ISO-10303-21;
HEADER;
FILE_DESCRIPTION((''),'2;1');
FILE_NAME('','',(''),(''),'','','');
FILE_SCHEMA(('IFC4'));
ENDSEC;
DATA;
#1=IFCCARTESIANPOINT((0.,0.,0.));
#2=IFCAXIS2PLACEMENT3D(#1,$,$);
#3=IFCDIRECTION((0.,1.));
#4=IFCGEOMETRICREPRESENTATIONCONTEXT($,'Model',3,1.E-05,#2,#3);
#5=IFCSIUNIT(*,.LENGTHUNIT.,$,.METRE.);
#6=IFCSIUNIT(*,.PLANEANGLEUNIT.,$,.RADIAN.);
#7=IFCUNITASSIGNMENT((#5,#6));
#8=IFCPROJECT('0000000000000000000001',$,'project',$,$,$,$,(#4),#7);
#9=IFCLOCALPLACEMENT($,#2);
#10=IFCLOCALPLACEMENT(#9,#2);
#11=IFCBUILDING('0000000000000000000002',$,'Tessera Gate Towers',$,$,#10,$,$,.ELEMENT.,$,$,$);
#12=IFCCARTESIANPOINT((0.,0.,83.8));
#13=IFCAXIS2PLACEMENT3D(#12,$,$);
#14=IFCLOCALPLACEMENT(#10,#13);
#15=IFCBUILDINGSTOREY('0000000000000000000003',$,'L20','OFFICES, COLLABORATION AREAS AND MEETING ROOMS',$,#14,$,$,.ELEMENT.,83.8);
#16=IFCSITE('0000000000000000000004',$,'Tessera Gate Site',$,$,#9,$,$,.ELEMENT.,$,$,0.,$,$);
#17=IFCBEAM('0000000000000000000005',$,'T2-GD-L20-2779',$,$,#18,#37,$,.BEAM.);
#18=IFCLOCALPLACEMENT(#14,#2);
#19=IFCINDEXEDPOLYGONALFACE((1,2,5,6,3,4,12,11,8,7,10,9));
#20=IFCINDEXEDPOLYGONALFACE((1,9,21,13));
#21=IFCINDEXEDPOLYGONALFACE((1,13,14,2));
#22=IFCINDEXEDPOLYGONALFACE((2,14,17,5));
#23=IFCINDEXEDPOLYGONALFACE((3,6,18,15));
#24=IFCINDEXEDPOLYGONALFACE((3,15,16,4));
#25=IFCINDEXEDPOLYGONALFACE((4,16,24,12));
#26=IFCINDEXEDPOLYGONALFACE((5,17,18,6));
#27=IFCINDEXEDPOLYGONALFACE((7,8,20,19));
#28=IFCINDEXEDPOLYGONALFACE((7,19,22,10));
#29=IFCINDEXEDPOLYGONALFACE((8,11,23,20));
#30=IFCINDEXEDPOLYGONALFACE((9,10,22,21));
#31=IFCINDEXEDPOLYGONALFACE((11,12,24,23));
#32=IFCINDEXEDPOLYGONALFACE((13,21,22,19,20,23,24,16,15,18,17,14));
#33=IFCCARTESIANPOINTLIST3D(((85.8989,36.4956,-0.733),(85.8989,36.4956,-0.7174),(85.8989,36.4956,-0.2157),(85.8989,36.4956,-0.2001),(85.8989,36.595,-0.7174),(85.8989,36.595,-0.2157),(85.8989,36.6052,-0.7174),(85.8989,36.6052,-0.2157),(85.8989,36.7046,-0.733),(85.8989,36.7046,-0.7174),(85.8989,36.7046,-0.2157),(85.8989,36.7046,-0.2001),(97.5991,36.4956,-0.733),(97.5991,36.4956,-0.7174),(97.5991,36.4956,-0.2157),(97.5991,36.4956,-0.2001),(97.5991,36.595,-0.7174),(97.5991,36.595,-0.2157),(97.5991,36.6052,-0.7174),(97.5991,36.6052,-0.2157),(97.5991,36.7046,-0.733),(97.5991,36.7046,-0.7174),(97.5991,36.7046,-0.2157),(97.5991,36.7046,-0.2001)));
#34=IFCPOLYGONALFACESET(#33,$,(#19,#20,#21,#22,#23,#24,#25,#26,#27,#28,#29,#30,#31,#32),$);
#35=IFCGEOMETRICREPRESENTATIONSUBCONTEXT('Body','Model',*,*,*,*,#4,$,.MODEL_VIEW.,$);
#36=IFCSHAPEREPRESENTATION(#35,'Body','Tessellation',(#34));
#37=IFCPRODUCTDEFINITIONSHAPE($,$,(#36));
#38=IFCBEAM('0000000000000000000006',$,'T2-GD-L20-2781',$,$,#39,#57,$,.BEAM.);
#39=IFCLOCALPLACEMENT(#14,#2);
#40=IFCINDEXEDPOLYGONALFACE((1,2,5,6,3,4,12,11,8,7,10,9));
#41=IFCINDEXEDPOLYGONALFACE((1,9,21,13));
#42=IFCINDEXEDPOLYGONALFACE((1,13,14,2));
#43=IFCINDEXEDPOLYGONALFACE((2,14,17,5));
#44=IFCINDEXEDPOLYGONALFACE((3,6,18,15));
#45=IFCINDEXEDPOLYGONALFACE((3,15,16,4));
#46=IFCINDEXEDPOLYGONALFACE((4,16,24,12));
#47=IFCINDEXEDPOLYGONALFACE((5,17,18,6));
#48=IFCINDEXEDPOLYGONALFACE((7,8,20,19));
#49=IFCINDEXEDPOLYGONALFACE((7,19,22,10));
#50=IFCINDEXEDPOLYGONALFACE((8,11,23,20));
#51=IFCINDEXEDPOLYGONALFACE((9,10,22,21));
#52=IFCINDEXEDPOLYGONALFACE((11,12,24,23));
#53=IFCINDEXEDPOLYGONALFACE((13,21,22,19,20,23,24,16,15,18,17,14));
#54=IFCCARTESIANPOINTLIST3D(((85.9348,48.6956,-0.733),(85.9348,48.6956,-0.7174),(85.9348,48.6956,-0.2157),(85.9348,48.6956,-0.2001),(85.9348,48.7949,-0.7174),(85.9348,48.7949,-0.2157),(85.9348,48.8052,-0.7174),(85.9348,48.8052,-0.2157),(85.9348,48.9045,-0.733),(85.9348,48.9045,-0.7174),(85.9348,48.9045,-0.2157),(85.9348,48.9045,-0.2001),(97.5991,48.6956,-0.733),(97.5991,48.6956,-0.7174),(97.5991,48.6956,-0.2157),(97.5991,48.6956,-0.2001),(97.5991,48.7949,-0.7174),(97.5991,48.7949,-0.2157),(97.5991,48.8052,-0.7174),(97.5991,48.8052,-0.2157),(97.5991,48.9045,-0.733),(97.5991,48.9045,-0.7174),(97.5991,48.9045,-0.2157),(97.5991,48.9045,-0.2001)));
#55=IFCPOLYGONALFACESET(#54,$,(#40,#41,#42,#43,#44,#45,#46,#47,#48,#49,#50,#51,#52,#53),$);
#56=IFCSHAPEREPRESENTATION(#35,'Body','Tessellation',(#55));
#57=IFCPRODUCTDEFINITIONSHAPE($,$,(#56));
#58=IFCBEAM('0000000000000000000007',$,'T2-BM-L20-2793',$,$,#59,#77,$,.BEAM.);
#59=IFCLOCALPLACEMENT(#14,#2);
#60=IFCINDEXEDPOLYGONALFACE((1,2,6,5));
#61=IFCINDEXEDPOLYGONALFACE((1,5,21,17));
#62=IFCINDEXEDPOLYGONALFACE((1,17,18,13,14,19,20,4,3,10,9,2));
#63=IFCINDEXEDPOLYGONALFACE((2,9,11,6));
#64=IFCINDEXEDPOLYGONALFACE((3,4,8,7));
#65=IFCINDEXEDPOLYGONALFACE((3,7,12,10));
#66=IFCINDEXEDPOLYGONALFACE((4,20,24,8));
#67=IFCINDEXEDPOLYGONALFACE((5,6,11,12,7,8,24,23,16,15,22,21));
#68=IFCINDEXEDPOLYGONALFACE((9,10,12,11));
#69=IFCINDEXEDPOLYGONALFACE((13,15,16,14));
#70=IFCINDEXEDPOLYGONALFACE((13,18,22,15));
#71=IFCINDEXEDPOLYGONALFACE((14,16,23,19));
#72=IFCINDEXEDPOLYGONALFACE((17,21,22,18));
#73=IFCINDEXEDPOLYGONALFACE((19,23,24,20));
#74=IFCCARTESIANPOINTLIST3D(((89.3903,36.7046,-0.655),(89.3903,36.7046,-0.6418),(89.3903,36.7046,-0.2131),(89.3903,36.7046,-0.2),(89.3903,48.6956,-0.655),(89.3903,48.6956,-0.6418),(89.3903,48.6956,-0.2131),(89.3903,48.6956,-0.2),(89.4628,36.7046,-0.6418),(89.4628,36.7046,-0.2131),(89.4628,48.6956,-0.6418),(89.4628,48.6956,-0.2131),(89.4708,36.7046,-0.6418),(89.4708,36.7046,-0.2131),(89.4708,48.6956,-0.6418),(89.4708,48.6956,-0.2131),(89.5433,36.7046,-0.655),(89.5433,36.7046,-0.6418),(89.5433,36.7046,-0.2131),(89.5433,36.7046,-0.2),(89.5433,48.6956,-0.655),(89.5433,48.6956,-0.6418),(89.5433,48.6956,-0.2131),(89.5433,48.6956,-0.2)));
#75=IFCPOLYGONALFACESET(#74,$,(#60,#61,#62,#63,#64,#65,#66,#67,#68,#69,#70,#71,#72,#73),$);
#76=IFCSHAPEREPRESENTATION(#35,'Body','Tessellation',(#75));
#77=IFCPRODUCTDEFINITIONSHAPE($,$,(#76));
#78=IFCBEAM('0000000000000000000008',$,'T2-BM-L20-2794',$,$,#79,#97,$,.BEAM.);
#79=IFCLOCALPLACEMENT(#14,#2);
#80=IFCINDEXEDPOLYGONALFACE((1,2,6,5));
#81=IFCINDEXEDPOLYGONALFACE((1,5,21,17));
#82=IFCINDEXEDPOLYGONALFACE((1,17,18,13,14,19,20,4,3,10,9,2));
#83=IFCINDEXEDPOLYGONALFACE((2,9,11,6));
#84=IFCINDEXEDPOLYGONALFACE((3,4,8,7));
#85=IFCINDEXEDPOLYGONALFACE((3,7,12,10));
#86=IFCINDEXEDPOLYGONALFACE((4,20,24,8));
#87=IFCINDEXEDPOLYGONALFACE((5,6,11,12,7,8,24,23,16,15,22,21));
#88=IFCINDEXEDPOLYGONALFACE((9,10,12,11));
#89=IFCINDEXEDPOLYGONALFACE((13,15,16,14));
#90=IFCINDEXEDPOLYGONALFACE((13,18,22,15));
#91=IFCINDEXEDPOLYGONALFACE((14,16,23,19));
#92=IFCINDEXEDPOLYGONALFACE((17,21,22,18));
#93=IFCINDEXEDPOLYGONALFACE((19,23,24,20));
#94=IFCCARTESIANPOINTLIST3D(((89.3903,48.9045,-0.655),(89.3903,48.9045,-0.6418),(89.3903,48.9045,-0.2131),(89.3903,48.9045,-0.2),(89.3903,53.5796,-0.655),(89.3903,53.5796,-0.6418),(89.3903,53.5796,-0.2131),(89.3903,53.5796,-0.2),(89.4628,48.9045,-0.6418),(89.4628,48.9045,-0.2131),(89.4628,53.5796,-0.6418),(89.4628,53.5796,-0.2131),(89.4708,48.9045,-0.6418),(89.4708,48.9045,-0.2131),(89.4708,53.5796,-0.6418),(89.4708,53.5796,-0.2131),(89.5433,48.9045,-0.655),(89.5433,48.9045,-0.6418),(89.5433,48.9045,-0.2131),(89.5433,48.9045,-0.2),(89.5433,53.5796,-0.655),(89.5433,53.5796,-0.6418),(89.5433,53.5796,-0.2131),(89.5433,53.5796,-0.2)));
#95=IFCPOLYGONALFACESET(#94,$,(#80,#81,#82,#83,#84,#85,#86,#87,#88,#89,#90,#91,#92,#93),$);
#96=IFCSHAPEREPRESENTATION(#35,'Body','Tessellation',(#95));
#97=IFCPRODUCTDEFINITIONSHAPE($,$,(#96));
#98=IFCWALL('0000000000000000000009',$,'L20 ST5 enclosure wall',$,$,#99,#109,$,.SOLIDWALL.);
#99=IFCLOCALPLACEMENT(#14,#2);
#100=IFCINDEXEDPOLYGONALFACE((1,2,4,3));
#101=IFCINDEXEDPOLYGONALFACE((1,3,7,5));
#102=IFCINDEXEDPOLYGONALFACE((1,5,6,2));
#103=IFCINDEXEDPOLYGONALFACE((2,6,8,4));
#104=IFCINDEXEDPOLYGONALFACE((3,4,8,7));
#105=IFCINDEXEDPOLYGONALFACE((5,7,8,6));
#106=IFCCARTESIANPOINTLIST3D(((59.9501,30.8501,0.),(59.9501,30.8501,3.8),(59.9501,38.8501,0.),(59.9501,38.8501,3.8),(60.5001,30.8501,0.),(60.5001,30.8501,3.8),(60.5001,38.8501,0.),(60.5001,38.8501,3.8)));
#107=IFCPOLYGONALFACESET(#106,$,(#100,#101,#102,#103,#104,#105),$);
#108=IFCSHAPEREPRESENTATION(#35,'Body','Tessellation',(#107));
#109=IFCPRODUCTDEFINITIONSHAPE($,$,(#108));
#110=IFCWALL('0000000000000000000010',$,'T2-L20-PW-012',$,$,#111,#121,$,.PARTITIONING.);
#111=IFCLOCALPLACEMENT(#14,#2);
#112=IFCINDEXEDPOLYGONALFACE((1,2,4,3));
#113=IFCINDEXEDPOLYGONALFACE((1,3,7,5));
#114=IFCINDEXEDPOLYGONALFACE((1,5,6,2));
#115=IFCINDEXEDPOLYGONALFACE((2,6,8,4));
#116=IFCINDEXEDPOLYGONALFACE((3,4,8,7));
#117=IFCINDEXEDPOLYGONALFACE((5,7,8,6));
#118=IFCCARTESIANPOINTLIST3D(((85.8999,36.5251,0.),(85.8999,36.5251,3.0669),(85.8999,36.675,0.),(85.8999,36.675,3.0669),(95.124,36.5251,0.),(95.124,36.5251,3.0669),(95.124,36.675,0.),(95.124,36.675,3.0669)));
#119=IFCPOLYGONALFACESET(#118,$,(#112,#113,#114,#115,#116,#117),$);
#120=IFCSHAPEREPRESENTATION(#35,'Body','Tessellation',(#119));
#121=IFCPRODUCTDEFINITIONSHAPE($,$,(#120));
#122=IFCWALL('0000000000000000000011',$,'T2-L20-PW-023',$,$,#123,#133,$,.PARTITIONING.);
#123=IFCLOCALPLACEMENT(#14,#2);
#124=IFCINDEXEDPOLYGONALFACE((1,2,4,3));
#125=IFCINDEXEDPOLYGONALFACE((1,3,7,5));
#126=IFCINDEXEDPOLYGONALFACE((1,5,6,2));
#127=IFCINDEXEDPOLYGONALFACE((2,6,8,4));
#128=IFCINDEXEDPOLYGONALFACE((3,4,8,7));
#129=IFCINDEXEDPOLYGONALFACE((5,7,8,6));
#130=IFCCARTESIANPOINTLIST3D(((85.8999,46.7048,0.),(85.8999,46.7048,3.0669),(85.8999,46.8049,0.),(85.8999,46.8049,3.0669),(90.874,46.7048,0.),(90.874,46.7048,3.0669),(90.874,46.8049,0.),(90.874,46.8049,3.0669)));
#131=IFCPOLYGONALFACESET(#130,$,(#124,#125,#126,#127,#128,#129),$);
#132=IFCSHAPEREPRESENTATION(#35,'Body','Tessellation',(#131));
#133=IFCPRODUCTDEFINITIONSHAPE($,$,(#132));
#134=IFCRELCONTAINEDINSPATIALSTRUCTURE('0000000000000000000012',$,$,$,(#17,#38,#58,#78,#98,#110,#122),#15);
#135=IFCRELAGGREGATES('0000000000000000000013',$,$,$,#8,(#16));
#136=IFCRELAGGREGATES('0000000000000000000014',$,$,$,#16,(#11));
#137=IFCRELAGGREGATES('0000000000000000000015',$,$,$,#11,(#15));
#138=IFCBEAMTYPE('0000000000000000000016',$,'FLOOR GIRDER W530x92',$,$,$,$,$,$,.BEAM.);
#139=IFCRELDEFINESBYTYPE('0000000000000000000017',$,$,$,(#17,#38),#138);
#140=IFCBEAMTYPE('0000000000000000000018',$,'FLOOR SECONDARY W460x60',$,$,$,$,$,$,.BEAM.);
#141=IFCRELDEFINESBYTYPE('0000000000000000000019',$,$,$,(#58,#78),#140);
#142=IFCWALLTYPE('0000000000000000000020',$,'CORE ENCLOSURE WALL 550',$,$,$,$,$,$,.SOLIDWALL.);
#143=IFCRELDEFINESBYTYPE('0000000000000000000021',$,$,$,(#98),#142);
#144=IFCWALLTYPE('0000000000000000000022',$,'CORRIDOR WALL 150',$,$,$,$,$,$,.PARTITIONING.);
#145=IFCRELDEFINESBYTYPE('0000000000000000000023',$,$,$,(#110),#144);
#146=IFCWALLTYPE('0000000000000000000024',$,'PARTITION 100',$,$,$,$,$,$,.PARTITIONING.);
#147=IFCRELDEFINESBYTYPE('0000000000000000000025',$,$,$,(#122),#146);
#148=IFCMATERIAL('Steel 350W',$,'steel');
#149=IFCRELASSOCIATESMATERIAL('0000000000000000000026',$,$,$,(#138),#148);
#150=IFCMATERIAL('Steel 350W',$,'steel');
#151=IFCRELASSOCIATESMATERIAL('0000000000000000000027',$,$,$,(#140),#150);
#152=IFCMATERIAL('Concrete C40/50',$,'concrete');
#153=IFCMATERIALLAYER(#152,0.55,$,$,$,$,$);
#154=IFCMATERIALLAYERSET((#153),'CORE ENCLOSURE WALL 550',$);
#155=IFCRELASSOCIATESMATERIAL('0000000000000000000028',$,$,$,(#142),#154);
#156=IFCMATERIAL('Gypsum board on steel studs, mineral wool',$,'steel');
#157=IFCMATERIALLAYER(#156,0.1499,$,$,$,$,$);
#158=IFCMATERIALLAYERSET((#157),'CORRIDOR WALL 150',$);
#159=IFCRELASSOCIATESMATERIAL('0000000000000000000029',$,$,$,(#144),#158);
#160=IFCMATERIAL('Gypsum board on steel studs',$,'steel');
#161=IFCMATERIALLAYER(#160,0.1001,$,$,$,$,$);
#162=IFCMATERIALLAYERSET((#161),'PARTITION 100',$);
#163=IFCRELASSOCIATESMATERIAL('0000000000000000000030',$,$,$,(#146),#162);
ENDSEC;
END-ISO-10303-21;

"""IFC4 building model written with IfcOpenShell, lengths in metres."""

from ifc_helpers import new_model, si_unit, direction, frame, frame_2d, origin, origin_2d, place, context, subcontext, project, spatial, rectangle, i_section, extrude, material, layer, layer_set, material_profile, profile_set, type_object, element, save


model = new_model("IFC4")

# Units and contexts
model_context = context("Model", 3, precision=1e-05, world=origin(), true_north=direction((0.0, 1.0)))
body_context = subcontext(model_context, "Body", "Model", "MODEL_VIEW")
ifc_project = project(units=[si_unit("LENGTHUNIT", "METRE"), si_unit("PLANEANGLEUNIT", "RADIAN")], contexts=[model_context])

# Site, building, storey
site_placement = place(None, origin())
site = spatial("IfcSite", under=ifc_project, at=site_placement, Name="Tessera Gate Site", CompositionType="ELEMENT", RefElevation=0.0)
building_placement = place(site_placement, origin())
building = spatial("IfcBuilding", under=site, at=building_placement, Name="Tessera Gate Towers", CompositionType="ELEMENT")
storey_placement = place(building_placement, frame((0.0, 0.0, 83.8)))
storey = spatial("IfcBuildingStorey", under=building, at=storey_placement, Name="L20", Description="OFFICES, COLLABORATION AREAS AND MEETING ROOMS", CompositionType="ELEMENT", Elevation=83.8)

# Beams
ifc_material_1 = material(Name="Steel 350W", Category="steel")
ifc_material_profile_1 = material_profile(ifc_material_1, i_section(OverallWidth=0.209, OverallDepth=0.533, WebThickness=0.0103, FlangeThickness=0.0156, at=origin_2d()), Name="W530x92")
ifc_profile_set_1 = profile_set([ifc_material_profile_1], Name="Steel 350W")
beam_type_1 = type_object("IfcBeamType", Name="FLOOR GIRDER W530x92", PredefinedType="BEAM", material=ifc_profile_set_1)
beam_1_placement = place(storey_placement, frame((85.8989, 36.6001, -0.4666), z_axis=(1.0, 0.0, 0.0), x_axis=(0.0, 1.0, 0.0)))
element("IfcBeam", 1, at=beam_1_placement, inside=storey, type_object=beam_type_1, Name="T2-GD-L20-2779", PredefinedType="BEAM", context=body_context, shape_type="SweptSolid", body=[
    extrude(i_section(OverallWidth=0.209, OverallDepth=0.533, WebThickness=0.0103, FlangeThickness=0.0156, at=origin_2d()), origin(), (0.0, 0.0, 1.0), 11.7002),
])
beam_2_placement = place(storey_placement, frame((85.9348, 48.8, -0.4666), z_axis=(1.0, 0.0, 0.0), x_axis=(0.0, 1.0, 0.0)))
element("IfcBeam", 2, at=beam_2_placement, inside=storey, type_object=beam_type_1, Name="T2-GD-L20-2781", PredefinedType="BEAM", context=body_context, shape_type="SweptSolid", body=[
    extrude(i_section(OverallWidth=0.209, OverallDepth=0.533, WebThickness=0.0103, FlangeThickness=0.0156, at=origin_2d()), origin(), (0.0, 0.0, 1.0), 11.6643),
])
ifc_material_2 = material(Name="Steel 350W", Category="steel")
ifc_material_profile_2 = material_profile(ifc_material_2, i_section(OverallWidth=0.1531, OverallDepth=0.4551, WebThickness=0.0081, FlangeThickness=0.0132, at=origin_2d()), Name="W460x60")
ifc_profile_set_2 = profile_set([ifc_material_profile_2], Name="Steel 350W")
beam_type_2 = type_object("IfcBeamType", Name="FLOOR SECONDARY W460x60", PredefinedType="BEAM", material=ifc_profile_set_2)
beam_3_placement = place(storey_placement, frame((89.4668, 36.7046, -0.4275), z_axis=(0.0, 1.0, 0.0), x_axis=(-1.0, 0.0, 0.0)))
element("IfcBeam", 3, at=beam_3_placement, inside=storey, type_object=beam_type_2, Name="T2-BM-L20-2793", PredefinedType="BEAM", context=body_context, shape_type="SweptSolid", body=[
    extrude(i_section(OverallWidth=0.1531, OverallDepth=0.4551, WebThickness=0.0081, FlangeThickness=0.0132, at=origin_2d()), origin(), (0.0, 0.0, 1.0), 11.991),
])
beam_4_placement = place(storey_placement, frame((89.4668, 48.9045, -0.4275), z_axis=(0.0, 1.0, 0.0), x_axis=(-1.0, 0.0, 0.0)))
element("IfcBeam", 4, at=beam_4_placement, inside=storey, type_object=beam_type_2, Name="T2-BM-L20-2794", PredefinedType="BEAM", context=body_context, shape_type="SweptSolid", body=[
    extrude(i_section(OverallWidth=0.1531, OverallDepth=0.4551, WebThickness=0.0081, FlangeThickness=0.0132, at=origin_2d()), origin(), (0.0, 0.0, 1.0), 4.675),
])

# Walls
ifc_material_3 = material(Name="Concrete C40/50", Category="concrete")
ifc_layer_1 = layer(ifc_material_3, 0.55)
ifc_layer_set_1 = layer_set([ifc_layer_1], Name="CORE ENCLOSURE WALL 550")
wall_type_1 = type_object("IfcWallType", Name="CORE ENCLOSURE WALL 550", PredefinedType="SOLIDWALL", material=ifc_layer_set_1)
wall_1_placement = place(storey_placement, frame((60.2251, 38.8501, 0.0), z_axis=(0.0, 0.0, 1.0), x_axis=(0.0, -1.0, 0.0)))
element("IfcWall", 5, at=wall_1_placement, inside=storey, type_object=wall_type_1, Name="L20 ST5 enclosure wall", PredefinedType="SOLIDWALL", context=body_context, shape_type="SweptSolid", body=[
    extrude(rectangle(XDim=8.0, YDim=0.55, at=frame_2d((4.0, 0.0))), origin(), (0.0, 0.0, 1.0), 3.8),
])
ifc_material_4 = material(Name="Gypsum board on steel studs, mineral wool", Category="steel")
ifc_layer_2 = layer(ifc_material_4, 0.1499)
ifc_layer_set_2 = layer_set([ifc_layer_2], Name="CORRIDOR WALL 150")
wall_type_2 = type_object("IfcWallType", Name="CORRIDOR WALL 150", PredefinedType="PARTITIONING", material=ifc_layer_set_2)
wall_2_placement = place(storey_placement, frame((85.8999, 36.6001, 0.0), z_axis=(0.0, 0.0, 1.0), x_axis=(1.0, 0.0, 0.0)))
element("IfcWall", 6, at=wall_2_placement, inside=storey, type_object=wall_type_2, Name="T2-L20-PW-012", PredefinedType="PARTITIONING", context=body_context, shape_type="SweptSolid", body=[
    extrude(rectangle(XDim=9.2241, YDim=0.1499, at=frame_2d((4.6121, 0.0))), origin(), (0.0, 0.0, 1.0), 3.0669),
])
ifc_material_5 = material(Name="Gypsum board on steel studs", Category="steel")
ifc_layer_3 = layer(ifc_material_5, 0.1001)
ifc_layer_set_3 = layer_set([ifc_layer_3], Name="PARTITION 100")
wall_type_3 = type_object("IfcWallType", Name="PARTITION 100", PredefinedType="PARTITIONING", material=ifc_layer_set_3)
wall_3_placement = place(storey_placement, frame((85.8999, 46.7549, 0.0), z_axis=(0.0, 0.0, 1.0), x_axis=(1.0, 0.0, 0.0)))
element("IfcWall", 7, at=wall_3_placement, inside=storey, type_object=wall_type_3, Name="T2-L20-PW-023", PredefinedType="PARTITIONING", context=body_context, shape_type="SweptSolid", body=[
    extrude(rectangle(XDim=4.9741, YDim=0.1001, at=frame_2d((2.4871, 0.0))), origin(), (0.0, 0.0, 1.0), 3.0669),
])

save(model, "model.ifc")
